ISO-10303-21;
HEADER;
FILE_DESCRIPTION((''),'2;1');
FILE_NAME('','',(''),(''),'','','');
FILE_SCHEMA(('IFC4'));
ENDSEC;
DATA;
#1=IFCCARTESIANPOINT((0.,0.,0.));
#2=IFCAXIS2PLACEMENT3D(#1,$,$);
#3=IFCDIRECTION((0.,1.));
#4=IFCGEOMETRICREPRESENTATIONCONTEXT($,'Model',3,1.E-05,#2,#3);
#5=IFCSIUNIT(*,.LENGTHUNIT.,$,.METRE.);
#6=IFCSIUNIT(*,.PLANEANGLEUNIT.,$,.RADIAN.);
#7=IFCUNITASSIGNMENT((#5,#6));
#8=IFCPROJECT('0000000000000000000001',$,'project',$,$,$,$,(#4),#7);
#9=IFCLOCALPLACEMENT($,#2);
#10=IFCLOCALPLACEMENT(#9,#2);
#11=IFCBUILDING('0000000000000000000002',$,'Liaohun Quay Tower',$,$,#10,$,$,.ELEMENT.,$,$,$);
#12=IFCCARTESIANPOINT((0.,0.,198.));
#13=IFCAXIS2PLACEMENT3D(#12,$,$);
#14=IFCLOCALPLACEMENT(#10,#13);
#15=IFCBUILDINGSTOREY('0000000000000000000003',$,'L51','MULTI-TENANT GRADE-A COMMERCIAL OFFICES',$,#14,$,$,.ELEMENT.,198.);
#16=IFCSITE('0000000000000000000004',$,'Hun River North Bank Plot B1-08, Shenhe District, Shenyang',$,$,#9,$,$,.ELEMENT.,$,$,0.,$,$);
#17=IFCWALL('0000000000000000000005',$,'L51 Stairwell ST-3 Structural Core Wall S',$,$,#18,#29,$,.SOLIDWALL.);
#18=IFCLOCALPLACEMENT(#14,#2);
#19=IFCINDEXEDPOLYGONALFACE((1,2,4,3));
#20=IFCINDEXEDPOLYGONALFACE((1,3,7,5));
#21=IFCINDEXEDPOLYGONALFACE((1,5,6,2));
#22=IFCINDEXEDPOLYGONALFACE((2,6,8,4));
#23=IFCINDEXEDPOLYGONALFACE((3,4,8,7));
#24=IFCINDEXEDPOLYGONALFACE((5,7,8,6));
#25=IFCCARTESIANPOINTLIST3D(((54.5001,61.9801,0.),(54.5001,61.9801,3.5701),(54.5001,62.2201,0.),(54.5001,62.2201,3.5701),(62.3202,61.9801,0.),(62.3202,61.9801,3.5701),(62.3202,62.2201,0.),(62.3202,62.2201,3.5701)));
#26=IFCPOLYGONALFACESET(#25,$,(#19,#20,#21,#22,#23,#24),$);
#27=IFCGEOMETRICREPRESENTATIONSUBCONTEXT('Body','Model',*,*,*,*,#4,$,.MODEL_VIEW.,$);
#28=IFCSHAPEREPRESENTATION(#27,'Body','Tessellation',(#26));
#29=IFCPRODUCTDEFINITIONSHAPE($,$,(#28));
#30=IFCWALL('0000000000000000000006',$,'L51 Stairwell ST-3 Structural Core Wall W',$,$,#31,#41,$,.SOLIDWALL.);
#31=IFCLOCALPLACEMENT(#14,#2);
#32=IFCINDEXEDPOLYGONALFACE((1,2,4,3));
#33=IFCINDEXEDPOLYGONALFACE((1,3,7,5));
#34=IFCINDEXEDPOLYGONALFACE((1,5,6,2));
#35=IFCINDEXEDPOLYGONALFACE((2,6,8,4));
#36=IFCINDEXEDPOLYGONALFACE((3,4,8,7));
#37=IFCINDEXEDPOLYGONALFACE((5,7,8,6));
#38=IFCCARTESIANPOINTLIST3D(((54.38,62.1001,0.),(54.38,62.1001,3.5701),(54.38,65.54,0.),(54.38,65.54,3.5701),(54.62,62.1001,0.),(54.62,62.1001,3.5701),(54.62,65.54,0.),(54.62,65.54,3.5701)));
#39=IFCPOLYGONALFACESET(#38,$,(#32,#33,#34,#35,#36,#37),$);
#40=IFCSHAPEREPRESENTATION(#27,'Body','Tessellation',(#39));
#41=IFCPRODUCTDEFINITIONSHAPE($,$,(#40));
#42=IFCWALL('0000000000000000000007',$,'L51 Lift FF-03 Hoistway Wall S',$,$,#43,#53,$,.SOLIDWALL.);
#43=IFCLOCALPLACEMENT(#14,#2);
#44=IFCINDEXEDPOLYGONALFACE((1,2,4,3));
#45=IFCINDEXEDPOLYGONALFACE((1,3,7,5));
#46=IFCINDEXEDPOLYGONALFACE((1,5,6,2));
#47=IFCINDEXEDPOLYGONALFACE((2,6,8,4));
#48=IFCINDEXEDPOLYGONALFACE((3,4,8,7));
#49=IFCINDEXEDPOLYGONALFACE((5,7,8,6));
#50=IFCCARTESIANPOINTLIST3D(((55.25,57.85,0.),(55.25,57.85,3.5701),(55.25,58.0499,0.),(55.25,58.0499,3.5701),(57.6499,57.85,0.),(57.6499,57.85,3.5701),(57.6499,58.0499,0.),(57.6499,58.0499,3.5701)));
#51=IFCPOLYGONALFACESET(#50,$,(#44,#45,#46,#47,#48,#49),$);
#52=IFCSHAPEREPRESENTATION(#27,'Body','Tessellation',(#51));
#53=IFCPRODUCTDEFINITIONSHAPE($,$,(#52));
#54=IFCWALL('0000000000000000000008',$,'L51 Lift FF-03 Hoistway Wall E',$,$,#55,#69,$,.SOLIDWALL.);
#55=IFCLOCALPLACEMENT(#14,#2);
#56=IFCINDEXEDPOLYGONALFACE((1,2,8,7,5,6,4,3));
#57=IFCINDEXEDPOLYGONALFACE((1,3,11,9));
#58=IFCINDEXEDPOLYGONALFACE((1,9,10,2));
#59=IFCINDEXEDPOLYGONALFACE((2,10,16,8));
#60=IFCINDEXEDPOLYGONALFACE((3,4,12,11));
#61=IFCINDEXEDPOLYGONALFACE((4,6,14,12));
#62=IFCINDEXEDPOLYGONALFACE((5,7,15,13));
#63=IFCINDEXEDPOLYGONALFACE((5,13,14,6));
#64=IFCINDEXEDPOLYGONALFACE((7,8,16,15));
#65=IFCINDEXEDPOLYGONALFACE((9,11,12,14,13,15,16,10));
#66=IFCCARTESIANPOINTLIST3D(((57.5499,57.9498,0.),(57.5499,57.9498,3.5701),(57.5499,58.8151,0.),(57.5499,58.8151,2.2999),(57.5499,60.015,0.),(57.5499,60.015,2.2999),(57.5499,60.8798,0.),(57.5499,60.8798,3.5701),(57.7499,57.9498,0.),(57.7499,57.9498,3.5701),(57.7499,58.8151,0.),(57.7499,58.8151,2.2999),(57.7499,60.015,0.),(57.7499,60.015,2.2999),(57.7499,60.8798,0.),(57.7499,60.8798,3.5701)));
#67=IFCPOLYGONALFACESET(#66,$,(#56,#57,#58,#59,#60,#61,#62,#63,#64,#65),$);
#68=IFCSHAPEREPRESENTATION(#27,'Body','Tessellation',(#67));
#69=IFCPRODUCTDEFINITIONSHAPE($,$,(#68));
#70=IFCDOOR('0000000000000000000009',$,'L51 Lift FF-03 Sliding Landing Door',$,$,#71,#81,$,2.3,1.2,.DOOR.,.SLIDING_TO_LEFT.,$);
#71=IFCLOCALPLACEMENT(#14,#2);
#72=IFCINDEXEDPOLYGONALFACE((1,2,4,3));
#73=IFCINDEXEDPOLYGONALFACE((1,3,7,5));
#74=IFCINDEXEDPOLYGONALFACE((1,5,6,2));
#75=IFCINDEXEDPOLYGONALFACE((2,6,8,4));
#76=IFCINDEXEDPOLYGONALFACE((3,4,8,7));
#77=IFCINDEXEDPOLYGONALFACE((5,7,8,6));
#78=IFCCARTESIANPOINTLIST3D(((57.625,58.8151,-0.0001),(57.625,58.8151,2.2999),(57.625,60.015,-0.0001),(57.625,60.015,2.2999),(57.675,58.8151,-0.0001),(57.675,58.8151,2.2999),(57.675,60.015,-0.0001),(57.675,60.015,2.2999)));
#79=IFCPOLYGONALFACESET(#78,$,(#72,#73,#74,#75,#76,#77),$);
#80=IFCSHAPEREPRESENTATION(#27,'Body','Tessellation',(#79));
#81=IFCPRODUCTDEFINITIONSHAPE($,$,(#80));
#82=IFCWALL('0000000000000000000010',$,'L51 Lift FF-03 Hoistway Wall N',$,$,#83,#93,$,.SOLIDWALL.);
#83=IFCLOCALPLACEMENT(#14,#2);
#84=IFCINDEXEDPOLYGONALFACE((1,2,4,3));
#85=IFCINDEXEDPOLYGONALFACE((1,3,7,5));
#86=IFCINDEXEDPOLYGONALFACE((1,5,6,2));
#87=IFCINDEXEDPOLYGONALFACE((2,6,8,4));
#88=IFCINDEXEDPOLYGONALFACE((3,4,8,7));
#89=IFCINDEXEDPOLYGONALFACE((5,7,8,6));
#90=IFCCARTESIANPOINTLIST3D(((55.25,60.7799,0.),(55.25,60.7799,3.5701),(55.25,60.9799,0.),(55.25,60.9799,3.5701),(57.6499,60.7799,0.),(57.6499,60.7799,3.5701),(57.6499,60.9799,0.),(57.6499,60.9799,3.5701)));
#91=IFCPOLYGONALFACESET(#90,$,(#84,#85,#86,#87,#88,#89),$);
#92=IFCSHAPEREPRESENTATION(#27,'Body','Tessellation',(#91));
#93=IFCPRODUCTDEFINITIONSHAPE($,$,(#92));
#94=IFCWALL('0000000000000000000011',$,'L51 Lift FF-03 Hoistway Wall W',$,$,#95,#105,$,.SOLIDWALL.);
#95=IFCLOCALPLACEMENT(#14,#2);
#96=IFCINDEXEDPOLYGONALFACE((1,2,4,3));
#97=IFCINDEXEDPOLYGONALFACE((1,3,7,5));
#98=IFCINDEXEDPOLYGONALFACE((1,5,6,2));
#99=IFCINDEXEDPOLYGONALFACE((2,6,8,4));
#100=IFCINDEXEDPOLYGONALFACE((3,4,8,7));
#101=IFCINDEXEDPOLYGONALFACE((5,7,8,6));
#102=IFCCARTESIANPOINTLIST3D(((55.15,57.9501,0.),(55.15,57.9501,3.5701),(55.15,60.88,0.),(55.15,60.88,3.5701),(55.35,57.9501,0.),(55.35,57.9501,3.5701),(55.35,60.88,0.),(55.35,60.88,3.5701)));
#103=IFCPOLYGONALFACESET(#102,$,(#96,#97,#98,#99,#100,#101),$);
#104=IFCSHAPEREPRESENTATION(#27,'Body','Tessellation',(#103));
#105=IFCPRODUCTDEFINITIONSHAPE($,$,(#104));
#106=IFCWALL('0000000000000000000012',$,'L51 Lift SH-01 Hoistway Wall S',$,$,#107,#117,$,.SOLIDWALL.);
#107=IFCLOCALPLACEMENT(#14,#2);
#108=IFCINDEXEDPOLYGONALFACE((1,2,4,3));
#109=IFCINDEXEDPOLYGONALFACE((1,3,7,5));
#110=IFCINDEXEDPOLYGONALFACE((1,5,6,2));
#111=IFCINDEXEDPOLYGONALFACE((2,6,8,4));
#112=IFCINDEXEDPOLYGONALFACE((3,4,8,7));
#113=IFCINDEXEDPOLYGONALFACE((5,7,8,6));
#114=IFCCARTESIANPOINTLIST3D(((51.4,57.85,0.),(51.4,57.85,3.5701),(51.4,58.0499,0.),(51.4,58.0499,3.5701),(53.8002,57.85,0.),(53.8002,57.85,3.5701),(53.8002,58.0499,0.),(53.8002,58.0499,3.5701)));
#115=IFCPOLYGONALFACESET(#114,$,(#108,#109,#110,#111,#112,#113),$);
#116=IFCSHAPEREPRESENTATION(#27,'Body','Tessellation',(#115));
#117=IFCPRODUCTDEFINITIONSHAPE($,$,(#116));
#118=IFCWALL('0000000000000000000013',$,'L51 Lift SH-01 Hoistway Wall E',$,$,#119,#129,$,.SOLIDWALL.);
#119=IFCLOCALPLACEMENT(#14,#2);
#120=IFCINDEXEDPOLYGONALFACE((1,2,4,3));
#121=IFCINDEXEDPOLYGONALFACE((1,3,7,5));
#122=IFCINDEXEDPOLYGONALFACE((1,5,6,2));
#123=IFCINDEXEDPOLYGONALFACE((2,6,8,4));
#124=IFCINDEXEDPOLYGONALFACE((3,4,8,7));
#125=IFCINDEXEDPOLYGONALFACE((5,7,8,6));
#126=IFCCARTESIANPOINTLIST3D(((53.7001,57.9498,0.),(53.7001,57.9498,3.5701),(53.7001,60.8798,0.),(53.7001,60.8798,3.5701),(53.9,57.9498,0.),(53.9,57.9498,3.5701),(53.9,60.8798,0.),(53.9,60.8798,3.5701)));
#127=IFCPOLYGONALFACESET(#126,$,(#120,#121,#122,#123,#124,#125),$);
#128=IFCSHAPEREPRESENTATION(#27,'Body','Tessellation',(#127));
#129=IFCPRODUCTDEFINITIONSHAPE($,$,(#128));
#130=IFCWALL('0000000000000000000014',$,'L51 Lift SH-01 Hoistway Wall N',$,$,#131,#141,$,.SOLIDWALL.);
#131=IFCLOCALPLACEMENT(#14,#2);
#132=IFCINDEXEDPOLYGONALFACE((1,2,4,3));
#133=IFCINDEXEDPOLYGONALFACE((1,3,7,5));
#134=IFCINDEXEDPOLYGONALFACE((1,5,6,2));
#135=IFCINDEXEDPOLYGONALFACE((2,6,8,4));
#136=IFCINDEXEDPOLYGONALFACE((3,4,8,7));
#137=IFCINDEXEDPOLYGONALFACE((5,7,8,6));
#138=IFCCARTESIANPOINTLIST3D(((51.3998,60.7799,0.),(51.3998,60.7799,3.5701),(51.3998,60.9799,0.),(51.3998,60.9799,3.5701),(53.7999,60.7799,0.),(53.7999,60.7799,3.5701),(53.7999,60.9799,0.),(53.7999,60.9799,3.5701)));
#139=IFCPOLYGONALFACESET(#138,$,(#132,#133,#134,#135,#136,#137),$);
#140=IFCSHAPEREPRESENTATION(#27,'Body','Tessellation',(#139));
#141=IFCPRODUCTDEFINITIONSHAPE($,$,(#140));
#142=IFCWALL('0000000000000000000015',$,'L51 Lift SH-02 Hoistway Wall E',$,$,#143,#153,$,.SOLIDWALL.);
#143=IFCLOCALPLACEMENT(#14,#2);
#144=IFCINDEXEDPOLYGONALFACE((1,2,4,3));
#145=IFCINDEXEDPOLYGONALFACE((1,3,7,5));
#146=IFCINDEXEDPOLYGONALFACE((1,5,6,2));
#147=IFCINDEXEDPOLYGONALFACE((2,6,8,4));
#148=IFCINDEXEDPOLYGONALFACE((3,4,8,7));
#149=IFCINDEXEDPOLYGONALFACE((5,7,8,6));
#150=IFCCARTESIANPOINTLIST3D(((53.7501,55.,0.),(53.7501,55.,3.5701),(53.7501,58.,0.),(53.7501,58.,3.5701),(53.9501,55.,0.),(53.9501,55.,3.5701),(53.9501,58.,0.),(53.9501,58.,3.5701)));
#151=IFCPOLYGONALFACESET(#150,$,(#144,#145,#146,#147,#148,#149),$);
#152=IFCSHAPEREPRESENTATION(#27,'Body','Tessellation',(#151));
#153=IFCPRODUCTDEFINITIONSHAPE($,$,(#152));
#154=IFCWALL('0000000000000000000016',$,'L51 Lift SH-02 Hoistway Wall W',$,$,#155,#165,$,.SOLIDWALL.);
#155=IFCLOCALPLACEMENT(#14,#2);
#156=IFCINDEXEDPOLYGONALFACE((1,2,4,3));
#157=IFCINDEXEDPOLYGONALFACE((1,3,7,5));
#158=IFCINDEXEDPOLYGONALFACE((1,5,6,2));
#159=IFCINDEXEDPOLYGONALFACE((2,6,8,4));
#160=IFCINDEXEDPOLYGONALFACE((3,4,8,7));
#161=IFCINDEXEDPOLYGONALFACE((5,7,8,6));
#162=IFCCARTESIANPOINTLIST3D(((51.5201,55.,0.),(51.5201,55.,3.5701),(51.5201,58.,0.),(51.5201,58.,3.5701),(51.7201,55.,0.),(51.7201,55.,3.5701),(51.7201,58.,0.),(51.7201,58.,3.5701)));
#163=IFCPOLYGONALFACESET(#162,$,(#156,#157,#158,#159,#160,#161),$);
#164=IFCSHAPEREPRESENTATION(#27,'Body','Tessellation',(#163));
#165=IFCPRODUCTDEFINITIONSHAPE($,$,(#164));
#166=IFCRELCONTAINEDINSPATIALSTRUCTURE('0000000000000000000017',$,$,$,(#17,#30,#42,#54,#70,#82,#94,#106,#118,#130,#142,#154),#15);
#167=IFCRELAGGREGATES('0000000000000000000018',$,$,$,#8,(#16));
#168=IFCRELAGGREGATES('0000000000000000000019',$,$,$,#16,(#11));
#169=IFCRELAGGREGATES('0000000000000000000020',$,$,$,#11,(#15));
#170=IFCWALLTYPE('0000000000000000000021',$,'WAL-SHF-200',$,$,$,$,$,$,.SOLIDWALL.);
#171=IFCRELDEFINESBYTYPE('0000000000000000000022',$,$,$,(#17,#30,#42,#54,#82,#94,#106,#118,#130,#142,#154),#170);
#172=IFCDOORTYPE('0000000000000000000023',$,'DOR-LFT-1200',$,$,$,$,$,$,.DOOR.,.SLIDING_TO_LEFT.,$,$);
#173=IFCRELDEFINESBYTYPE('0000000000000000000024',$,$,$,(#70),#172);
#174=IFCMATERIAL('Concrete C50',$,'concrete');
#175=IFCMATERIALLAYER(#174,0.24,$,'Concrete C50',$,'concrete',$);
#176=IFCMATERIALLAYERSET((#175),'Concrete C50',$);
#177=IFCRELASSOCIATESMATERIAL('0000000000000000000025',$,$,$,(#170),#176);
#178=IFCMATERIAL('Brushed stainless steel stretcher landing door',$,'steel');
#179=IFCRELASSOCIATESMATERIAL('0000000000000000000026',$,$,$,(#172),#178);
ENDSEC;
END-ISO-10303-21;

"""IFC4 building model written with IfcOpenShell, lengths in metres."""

from ifc_helpers import new_model, si_unit, direction, frame, frame_2d, origin, place, context, subcontext, project, spatial, rectangle, extrude, source, transform, mapped, material, layer, layer_set, type_object, element, fill, save


model = new_model("IFC4")

# Units and contexts
model_context = context("Model", 3, precision=1e-05, world=origin(), true_north=direction((0.0, 1.0)))
body_context = subcontext(model_context, "Body", "Model", "MODEL_VIEW")
ifc_project = project(units=[si_unit("LENGTHUNIT", "METRE"), si_unit("PLANEANGLEUNIT", "RADIAN")], contexts=[model_context])

# Site, building, storey
site_placement = place(None, origin())
site = spatial("IfcSite", under=ifc_project, at=site_placement, Name="Hun River North Bank Plot B1-08, Shenhe District, Shenyang", CompositionType="ELEMENT", RefElevation=0.0)
building_placement = place(site_placement, origin())
building = spatial("IfcBuilding", under=site, at=building_placement, Name="Liaohun Quay Tower", CompositionType="ELEMENT")
storey_placement = place(building_placement, frame((0.0, 0.0, 198.0)))
storey = spatial("IfcBuildingStorey", under=building, at=storey_placement, Name="L51", Description="MULTI-TENANT GRADE-A COMMERCIAL OFFICES", CompositionType="ELEMENT", Elevation=198.0)

# Walls
ifc_material_1 = material(Name="Concrete C50", Category="concrete")
ifc_layer_1 = layer(ifc_material_1, 0.24, Name="Concrete C50", Category="concrete")
ifc_layer_set_1 = layer_set([ifc_layer_1], Name="Concrete C50")
wall_type_1 = type_object("IfcWallType", Name="WAL-SHF-200", PredefinedType="SOLIDWALL", material=ifc_layer_set_1)
wall_1_placement = place(storey_placement, frame((54.5, 62.1001, 0.0), z_axis=(0.0, 0.0, 1.0), x_axis=(1.0, 0.0, 0.0)))
element("IfcWall", 1, at=wall_1_placement, inside=storey, type_object=wall_type_1, Name="L51 Stairwell ST-3 Structural Core Wall S", PredefinedType="SOLIDWALL", context=body_context, shape_type="SweptSolid", body=[
    extrude(rectangle(XDim=7.8201, YDim=0.24, at=frame_2d((3.9102, 0.0))), origin(), (0.0, 0.0, 1.0), 3.5701),
])
wall_2_placement = place(storey_placement, frame((54.5, 65.54, 0.0), z_axis=(0.0, 0.0, 1.0), x_axis=(0.0, -1.0, 0.0)))
element("IfcWall", 2, at=wall_2_placement, inside=storey, type_object=wall_type_1, Name="L51 Stairwell ST-3 Structural Core Wall W", PredefinedType="SOLIDWALL", context=body_context, shape_type="SweptSolid", body=[
    extrude(rectangle(XDim=3.4399, YDim=0.24, at=frame_2d((1.72, 0.0))), origin(), (0.0, 0.0, 1.0), 3.5701),
])
wall_3_placement = place(storey_placement, frame((55.25, 57.95, 0.0), z_axis=(0.0, 0.0, 1.0), x_axis=(1.0, 0.0, 0.0)))
element("IfcWall", 3, at=wall_3_placement, inside=storey, type_object=wall_type_1, Name="L51 Lift FF-03 Hoistway Wall S", PredefinedType="SOLIDWALL", context=body_context, shape_type="SweptSolid", body=[
    extrude(rectangle(XDim=2.3999, YDim=0.2, at=frame_2d((1.2, 0.0))), origin(), (0.0, 0.0, 1.0), 3.5701),
])

# Wall, opening, door
wall_4_placement = place(storey_placement, frame((57.6499, 57.95, 0.0), z_axis=(0.0, 0.0, 1.0), x_axis=(0.0, 1.0, 0.0)))
wall_4 = element("IfcWall", 4, at=wall_4_placement, inside=storey, type_object=wall_type_1, Name="L51 Lift FF-03 Hoistway Wall E", PredefinedType="SOLIDWALL", context=body_context, shape_type="SweptSolid", body=[
    extrude(rectangle(XDim=2.9299, YDim=0.2, at=frame_2d((1.4648, 0.0))), origin(), (0.0, 0.0, 1.0), 3.5701),
])
shared_shape_1 = source(origin(), body_context, "Body", "SweptSolid", [
    extrude(rectangle(XDim=1.2, YDim=2.3, at=frame_2d((0.6001, 1.1499))), frame((0.0, 0.1099, 0.0), z_axis=(0.0, -1.0, 0.0), x_axis=(1.0, 0.0, 0.0)), (0.0, 0.0, 1.0), 0.22),
])
opening_placement = place(wall_4_placement, frame((0.865, 0.0, 0.0)))
opening = element("IfcOpeningElement", 5, at=opening_placement, cuts=wall_4, PredefinedType="OPENING", context=body_context, shape_type="MappedRepresentation", body=[
    mapped(shared_shape_1, transform((0.0, 0.0, 0.0), x_axis=(1.0, 0.0, 0.0), y_axis=(0.0, 1.0, 0.0), z_axis=(0.0, 0.0, 1.0), scale=1.0)),
])
ifc_material_2 = material(Name="Brushed stainless steel stretcher landing door", Category="steel")
door_type = type_object("IfcDoorType", Name="DOR-LFT-1200", OperationType="SLIDING_TO_LEFT", PredefinedType="DOOR", material=ifc_material_2)
shared_shape_2 = source(origin(), body_context, "Body", "SweptSolid", [
    extrude(rectangle(XDim=1.2, YDim=2.3, at=frame_2d((0.6001, 1.1499))), frame((0.0, 0.0249, 0.0), z_axis=(0.0, -1.0, 0.0), x_axis=(1.0, 0.0, 0.0)), (0.0, 0.0, 1.0), 0.05),
])
door_placement = place(opening_placement, origin())
door = element("IfcDoor", 6, at=door_placement, inside=storey, type_object=door_type, Name="L51 Lift FF-03 Sliding Landing Door", OperationType="SLIDING_TO_LEFT", OverallHeight=2.3, OverallWidth=1.2, PredefinedType="DOOR", context=body_context, shape_type="MappedRepresentation", body=[
    mapped(shared_shape_2, transform((0.0, 0.0, 0.0), x_axis=(1.0, 0.0, 0.0), y_axis=(0.0, 1.0, 0.0), z_axis=(0.0, 0.0, 1.0), scale=1.0)),
])
fill(opening, door)

# Walls
wall_5_placement = place(storey_placement, frame((57.6499, 60.8799, 0.0), z_axis=(0.0, 0.0, 1.0), x_axis=(-1.0, 0.0, 0.0)))
element("IfcWall", 7, at=wall_5_placement, inside=storey, type_object=wall_type_1, Name="L51 Lift FF-03 Hoistway Wall N", PredefinedType="SOLIDWALL", context=body_context, shape_type="SweptSolid", body=[
    extrude(rectangle(XDim=2.3999, YDim=0.2, at=frame_2d((1.2, 0.0))), origin(), (0.0, 0.0, 1.0), 3.5701),
])
wall_6_placement = place(storey_placement, frame((55.25, 60.8799, 0.0), z_axis=(0.0, 0.0, 1.0), x_axis=(0.0, -1.0, 0.0)))
element("IfcWall", 8, at=wall_6_placement, inside=storey, type_object=wall_type_1, Name="L51 Lift FF-03 Hoistway Wall W", PredefinedType="SOLIDWALL", context=body_context, shape_type="SweptSolid", body=[
    extrude(rectangle(XDim=2.9299, YDim=0.2, at=frame_2d((1.4648, 0.0))), origin(), (0.0, 0.0, 1.0), 3.5701),
])
wall_7_placement = place(storey_placement, frame((51.3999, 57.95, 0.0), z_axis=(0.0, 0.0, 1.0), x_axis=(1.0, 0.0, 0.0)))
element("IfcWall", 9, at=wall_7_placement, inside=storey, type_object=wall_type_1, Name="L51 Lift SH-01 Hoistway Wall S", PredefinedType="SOLIDWALL", context=body_context, shape_type="SweptSolid", body=[
    extrude(rectangle(XDim=2.4001, YDim=0.2, at=frame_2d((1.2002, 0.0))), origin(), (0.0, 0.0, 1.0), 3.5701),
])
wall_8_placement = place(storey_placement, frame((53.8, 57.95, 0.0), z_axis=(0.0, 0.0, 1.0), x_axis=(0.0, 1.0, 0.0)))
element("IfcWall", 10, at=wall_8_placement, inside=storey, type_object=wall_type_1, Name="L51 Lift SH-01 Hoistway Wall E", PredefinedType="SOLIDWALL", context=body_context, shape_type="SweptSolid", body=[
    extrude(rectangle(XDim=2.9299, YDim=0.2, at=frame_2d((1.4648, 0.0))), origin(), (0.0, 0.0, 1.0), 3.5701),
])
wall_9_placement = place(storey_placement, frame((53.8, 60.8799, 0.0), z_axis=(0.0, 0.0, 1.0), x_axis=(-1.0, 0.0, 0.0)))
element("IfcWall", 11, at=wall_9_placement, inside=storey, type_object=wall_type_1, Name="L51 Lift SH-01 Hoistway Wall N", PredefinedType="SOLIDWALL", context=body_context, shape_type="SweptSolid", body=[
    extrude(rectangle(XDim=2.4001, YDim=0.2, at=frame_2d((1.2002, 0.0))), origin(), (0.0, 0.0, 1.0), 3.5701),
])
for number, where, z_axis, x_axis, name in (
    (12, (53.8501, 55.0, 0.0), (0.0, 0.0, 1.0), (0.0, 1.0, 0.0), "L51 Lift SH-02 Hoistway Wall E"),
    (13, (51.6201, 58.0, 0.0), (0.0, 0.0, 1.0), (0.0, -1.0, 0.0), "L51 Lift SH-02 Hoistway Wall W"),
):
    element("IfcWall", number, at=place(storey_placement, frame(where, z_axis=z_axis, x_axis=x_axis)), inside=storey, type_object=wall_type_1, Name=name, PredefinedType="SOLIDWALL", context=body_context, shape_type="SweptSolid", body=[
        extrude(rectangle(XDim=3.0, YDim=0.2, at=frame_2d((1.5, 0.0))), origin(), (0.0, 0.0, 1.0), 3.5701),
    ])

save(model, "model.ifc")
